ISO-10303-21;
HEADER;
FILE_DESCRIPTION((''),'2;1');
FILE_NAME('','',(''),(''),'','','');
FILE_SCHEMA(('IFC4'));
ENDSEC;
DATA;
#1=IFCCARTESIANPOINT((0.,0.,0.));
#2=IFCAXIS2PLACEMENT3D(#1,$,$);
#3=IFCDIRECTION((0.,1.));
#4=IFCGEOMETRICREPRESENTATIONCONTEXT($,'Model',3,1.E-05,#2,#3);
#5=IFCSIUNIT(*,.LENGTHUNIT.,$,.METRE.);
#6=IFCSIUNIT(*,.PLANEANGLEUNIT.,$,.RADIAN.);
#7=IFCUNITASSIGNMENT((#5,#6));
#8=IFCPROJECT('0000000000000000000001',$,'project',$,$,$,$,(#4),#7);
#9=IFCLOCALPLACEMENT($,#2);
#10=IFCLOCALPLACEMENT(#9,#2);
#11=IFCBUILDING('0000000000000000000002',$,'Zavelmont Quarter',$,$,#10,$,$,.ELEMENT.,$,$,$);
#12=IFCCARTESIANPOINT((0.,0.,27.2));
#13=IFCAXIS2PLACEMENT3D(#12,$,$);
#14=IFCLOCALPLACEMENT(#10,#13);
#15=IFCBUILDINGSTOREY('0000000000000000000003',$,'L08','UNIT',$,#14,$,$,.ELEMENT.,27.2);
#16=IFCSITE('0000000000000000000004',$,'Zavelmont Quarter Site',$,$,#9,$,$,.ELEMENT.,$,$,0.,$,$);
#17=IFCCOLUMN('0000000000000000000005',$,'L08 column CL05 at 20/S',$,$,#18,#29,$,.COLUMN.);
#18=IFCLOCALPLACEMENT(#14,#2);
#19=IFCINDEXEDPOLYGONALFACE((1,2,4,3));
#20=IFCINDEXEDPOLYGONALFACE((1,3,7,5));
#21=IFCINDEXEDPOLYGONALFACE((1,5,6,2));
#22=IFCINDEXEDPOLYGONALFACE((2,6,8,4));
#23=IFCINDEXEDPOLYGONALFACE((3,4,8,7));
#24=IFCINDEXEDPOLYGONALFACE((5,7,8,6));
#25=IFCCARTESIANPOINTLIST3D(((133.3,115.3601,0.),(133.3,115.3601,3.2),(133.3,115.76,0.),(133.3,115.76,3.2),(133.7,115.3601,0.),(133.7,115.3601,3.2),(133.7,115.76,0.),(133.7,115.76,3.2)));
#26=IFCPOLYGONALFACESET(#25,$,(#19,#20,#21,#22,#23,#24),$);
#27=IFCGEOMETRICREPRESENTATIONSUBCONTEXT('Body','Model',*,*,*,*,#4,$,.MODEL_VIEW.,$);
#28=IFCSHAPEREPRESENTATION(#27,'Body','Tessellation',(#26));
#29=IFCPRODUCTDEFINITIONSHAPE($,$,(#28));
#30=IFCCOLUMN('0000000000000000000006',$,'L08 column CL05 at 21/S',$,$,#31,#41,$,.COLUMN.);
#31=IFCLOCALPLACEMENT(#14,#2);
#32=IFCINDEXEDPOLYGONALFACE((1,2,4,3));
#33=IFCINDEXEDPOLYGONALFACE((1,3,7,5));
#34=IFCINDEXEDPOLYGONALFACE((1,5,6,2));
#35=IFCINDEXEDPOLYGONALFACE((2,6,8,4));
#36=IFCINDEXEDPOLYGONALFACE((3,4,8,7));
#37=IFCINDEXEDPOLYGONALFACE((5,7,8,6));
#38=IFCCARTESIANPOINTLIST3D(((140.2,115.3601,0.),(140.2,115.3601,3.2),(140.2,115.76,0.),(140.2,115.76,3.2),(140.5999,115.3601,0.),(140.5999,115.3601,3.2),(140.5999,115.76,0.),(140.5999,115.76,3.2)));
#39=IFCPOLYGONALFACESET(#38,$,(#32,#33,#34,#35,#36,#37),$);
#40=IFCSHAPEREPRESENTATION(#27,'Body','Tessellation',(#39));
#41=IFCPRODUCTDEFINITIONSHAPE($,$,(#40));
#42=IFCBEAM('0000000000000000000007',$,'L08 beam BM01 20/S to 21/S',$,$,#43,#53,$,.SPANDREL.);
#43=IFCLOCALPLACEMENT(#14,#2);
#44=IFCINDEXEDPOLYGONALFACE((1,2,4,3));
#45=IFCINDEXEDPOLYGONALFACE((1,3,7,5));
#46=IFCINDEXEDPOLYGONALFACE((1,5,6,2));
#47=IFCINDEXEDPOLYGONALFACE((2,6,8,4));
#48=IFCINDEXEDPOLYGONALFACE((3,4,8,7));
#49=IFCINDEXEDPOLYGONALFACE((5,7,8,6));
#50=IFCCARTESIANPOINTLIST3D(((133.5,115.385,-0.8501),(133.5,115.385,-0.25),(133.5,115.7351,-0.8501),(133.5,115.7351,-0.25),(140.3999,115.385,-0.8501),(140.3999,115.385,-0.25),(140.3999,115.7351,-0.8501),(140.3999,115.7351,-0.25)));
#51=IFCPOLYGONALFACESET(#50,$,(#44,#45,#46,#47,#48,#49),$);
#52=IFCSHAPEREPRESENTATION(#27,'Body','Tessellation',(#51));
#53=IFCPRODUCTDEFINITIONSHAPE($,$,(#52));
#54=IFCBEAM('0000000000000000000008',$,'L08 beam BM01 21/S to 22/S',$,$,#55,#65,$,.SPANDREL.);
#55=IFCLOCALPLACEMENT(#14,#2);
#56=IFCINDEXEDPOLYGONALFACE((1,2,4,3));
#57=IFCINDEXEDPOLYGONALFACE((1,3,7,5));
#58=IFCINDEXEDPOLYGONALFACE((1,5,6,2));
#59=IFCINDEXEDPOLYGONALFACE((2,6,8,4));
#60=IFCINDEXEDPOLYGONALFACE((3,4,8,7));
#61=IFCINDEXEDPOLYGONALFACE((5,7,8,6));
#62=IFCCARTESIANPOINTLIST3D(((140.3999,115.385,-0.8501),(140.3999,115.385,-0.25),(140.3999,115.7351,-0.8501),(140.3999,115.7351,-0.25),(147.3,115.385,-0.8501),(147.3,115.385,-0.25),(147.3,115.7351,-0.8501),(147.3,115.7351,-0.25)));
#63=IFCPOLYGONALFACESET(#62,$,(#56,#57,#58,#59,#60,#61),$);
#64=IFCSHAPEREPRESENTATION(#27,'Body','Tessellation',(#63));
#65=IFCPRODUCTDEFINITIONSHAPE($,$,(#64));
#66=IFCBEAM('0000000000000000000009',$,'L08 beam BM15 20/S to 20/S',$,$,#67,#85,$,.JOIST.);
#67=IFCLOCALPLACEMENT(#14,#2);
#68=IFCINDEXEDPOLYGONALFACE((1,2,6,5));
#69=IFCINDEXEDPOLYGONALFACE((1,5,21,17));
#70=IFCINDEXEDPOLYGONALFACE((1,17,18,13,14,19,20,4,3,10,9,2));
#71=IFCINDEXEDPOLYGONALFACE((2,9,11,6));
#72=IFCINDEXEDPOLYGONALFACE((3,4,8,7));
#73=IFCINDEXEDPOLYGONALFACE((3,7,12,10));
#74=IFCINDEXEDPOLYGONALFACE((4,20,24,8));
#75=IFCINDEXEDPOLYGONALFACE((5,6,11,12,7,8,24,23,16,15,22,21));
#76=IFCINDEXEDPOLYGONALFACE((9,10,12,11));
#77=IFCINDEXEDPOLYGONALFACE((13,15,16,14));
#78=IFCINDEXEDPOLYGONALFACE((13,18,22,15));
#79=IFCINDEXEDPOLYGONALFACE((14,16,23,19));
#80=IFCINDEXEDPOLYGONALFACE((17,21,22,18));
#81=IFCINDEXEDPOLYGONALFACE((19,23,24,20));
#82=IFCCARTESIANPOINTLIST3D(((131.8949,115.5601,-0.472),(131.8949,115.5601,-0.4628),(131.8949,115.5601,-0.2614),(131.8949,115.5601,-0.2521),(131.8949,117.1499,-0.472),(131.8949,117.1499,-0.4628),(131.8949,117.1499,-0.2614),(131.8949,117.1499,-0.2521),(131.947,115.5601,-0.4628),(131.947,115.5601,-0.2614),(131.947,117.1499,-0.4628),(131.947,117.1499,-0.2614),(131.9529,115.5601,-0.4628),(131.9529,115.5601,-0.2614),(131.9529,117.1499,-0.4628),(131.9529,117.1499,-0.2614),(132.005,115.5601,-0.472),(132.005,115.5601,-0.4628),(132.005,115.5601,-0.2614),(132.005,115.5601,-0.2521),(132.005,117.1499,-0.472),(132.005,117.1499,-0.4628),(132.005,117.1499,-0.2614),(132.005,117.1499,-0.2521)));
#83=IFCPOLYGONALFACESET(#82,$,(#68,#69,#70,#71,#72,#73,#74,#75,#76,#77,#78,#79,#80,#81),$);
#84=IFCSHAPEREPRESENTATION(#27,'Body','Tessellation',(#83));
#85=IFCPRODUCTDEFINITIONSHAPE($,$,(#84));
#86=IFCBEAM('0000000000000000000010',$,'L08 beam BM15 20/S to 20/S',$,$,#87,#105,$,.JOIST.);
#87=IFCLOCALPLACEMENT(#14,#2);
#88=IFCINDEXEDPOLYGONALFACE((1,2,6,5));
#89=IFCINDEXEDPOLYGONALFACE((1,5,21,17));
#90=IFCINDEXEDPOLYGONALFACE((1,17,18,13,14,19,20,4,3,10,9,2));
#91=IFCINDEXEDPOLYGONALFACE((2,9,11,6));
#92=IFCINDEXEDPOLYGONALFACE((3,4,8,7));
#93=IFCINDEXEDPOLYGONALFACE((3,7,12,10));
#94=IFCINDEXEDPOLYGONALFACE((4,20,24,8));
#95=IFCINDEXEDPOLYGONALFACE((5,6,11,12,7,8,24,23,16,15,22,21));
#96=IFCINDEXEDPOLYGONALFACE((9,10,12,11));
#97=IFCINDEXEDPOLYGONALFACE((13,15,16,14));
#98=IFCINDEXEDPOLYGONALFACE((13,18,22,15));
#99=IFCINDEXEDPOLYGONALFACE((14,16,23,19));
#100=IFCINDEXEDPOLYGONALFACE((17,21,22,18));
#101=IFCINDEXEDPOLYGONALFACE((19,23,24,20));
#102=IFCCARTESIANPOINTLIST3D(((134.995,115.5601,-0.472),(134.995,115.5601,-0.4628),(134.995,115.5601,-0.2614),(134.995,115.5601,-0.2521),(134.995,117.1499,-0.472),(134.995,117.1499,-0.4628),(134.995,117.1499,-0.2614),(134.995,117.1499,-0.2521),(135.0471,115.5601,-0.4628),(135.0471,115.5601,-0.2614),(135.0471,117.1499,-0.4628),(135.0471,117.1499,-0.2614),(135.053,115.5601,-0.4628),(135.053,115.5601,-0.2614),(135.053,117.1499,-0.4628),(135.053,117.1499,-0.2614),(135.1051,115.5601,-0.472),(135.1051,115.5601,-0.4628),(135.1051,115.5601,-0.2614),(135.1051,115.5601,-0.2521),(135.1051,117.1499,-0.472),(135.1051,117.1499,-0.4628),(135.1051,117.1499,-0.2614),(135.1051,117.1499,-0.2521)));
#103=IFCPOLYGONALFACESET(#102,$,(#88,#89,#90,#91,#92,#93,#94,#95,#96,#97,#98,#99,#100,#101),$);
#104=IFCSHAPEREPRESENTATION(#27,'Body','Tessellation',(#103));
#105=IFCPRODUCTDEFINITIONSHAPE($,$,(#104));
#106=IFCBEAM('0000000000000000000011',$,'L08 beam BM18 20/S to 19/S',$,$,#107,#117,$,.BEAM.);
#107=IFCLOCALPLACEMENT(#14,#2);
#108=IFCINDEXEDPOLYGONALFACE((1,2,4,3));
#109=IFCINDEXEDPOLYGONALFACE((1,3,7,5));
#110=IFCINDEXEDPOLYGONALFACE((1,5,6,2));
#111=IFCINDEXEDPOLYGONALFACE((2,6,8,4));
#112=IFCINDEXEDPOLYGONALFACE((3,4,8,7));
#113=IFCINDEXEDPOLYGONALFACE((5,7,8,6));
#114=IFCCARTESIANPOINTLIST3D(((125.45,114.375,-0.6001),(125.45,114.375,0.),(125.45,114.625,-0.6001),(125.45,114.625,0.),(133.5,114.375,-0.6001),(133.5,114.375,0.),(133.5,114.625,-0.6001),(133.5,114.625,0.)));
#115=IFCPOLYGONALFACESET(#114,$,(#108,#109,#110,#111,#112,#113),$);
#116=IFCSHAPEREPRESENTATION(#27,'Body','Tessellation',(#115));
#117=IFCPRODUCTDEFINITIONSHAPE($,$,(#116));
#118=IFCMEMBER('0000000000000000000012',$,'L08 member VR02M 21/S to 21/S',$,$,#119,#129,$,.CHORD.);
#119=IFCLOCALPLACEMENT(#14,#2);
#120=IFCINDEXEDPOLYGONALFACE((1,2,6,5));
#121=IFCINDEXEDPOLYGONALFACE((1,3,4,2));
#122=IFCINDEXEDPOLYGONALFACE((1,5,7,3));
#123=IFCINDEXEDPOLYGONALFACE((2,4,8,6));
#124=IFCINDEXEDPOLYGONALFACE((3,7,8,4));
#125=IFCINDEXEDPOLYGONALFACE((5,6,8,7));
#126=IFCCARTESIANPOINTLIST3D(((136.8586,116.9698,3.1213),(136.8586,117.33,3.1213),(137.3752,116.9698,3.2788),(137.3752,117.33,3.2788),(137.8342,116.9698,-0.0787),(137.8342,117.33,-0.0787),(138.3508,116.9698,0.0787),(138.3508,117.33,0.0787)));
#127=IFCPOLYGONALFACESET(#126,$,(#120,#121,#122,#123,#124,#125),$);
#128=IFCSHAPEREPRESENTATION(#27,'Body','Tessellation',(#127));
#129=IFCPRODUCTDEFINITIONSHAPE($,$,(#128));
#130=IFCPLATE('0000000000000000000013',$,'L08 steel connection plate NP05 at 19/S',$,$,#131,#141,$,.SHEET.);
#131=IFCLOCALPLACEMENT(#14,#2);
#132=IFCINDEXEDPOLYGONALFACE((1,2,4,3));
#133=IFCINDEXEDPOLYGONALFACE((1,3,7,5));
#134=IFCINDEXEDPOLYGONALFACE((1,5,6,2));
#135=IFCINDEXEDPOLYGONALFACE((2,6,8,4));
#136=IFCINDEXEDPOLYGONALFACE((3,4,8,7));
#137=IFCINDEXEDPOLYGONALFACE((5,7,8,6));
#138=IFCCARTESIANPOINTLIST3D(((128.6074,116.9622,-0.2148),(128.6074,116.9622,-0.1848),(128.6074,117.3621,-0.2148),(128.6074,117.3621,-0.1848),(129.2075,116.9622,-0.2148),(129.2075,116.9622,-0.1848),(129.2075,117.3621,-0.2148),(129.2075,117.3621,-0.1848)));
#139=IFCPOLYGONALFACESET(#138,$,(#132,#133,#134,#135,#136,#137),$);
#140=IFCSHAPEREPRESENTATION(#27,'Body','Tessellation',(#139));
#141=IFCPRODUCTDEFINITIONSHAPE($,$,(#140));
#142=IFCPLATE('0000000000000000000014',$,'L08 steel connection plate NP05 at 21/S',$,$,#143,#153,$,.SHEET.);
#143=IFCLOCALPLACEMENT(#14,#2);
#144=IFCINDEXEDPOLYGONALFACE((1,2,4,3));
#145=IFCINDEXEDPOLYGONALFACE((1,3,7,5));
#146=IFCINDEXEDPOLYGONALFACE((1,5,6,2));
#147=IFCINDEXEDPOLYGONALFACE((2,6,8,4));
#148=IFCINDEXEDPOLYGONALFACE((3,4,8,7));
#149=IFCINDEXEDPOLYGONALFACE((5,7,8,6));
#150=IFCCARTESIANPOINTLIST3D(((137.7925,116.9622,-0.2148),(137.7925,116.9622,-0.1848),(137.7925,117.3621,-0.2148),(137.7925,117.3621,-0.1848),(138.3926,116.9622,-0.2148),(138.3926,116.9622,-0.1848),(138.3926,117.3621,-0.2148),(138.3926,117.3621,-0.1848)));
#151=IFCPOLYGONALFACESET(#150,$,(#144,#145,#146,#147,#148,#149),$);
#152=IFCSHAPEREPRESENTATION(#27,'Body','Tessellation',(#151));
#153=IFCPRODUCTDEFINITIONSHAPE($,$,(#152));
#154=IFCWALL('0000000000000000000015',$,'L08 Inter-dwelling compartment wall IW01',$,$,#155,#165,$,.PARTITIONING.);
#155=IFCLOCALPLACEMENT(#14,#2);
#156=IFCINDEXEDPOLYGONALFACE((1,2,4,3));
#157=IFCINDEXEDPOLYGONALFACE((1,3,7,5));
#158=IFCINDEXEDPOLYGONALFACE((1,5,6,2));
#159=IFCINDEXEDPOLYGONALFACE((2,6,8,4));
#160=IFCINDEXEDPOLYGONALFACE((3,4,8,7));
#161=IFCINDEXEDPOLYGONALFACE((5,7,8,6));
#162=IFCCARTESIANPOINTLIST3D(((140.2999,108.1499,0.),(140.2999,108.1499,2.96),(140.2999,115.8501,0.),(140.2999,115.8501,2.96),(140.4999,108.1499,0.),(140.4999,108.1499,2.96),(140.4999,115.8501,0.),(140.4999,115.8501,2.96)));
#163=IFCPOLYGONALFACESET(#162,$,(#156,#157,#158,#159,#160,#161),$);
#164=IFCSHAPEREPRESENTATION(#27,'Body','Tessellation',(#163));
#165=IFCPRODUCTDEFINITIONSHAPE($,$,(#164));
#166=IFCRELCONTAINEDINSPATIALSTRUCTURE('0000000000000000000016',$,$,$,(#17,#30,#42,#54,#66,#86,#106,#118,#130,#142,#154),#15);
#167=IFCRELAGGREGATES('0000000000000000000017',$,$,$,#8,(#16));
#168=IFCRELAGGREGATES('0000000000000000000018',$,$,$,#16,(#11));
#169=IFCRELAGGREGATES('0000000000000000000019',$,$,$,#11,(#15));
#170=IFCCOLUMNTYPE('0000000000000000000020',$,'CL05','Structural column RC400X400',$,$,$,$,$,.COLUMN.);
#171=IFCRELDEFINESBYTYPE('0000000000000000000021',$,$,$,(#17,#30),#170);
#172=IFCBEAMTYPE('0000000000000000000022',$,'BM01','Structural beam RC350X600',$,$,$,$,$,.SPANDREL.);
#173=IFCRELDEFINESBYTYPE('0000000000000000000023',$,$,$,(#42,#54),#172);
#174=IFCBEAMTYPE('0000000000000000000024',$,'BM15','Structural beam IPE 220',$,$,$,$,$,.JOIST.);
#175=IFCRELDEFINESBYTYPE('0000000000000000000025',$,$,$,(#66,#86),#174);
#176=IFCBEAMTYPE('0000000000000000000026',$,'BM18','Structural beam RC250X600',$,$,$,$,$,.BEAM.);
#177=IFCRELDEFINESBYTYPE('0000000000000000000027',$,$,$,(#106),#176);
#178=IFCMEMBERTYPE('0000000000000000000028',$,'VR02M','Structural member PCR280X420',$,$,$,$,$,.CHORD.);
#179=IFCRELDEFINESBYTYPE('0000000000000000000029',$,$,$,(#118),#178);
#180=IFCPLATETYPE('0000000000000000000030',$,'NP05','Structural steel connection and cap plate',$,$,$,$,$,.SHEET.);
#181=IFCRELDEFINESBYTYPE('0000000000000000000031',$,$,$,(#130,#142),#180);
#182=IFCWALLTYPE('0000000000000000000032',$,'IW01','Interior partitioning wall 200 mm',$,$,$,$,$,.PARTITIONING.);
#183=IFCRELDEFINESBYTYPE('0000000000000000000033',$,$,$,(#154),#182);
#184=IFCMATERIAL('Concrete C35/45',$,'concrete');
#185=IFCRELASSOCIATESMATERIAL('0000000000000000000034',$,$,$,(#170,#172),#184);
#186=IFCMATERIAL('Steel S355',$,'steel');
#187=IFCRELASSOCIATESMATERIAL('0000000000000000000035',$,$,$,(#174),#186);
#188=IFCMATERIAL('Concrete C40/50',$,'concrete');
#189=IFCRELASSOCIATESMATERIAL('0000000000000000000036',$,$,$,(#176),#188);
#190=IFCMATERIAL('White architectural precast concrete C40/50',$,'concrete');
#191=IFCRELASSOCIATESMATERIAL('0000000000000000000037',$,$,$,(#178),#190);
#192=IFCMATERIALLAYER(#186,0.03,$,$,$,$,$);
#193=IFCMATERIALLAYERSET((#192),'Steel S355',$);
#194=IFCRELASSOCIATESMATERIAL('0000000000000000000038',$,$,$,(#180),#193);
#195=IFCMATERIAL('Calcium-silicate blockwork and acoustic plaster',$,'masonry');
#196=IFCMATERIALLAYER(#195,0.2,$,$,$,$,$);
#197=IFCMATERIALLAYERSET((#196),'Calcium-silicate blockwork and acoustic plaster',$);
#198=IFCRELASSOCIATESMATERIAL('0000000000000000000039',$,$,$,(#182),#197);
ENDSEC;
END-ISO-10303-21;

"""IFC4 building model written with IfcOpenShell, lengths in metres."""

from ifc_helpers import new_model, si_unit, direction, frame, frame_2d, origin, origin_2d, place, context, subcontext, project, spatial, rectangle, i_section, extrude, material, layer, layer_set, material_profile, profile_set, type_object, element, save


model = new_model("IFC4")

# Units and contexts
model_context = context("Model", 3, precision=1e-05, world=origin(), true_north=direction((0.0, 1.0)))
body_context = subcontext(model_context, "Body", "Model", "MODEL_VIEW")
ifc_project = project(units=[si_unit("LENGTHUNIT", "METRE"), si_unit("PLANEANGLEUNIT", "RADIAN")], contexts=[model_context])

# Site, building, storey
site_placement = place(None, origin())
site = spatial("IfcSite", under=ifc_project, at=site_placement, Name="Zavelmont Quarter Site", CompositionType="ELEMENT", RefElevation=0.0)
building_placement = place(site_placement, origin())
building = spatial("IfcBuilding", under=site, at=building_placement, Name="Zavelmont Quarter", CompositionType="ELEMENT")
storey_placement = place(building_placement, frame((0.0, 0.0, 27.2)))
storey = spatial("IfcBuildingStorey", under=building, at=storey_placement, Name="L08", Description="UNIT", CompositionType="ELEMENT", Elevation=27.2)

# Columns
ifc_material_1 = material(Name="Concrete C35/45", Category="concrete")
ifc_material_profile_1 = material_profile(ifc_material_1, rectangle(XDim=0.3999, YDim=0.3999, at=origin_2d()), Name="RC400X400")
ifc_profile_set_1 = profile_set([ifc_material_profile_1], Name="Concrete C35/45")
column_type = type_object("IfcColumnType", Name="CL05", Description="Structural column RC400X400", PredefinedType="COLUMN", material=ifc_profile_set_1)
for number, where, z_axis, x_axis, name in (
    (1, (133.5, 115.5601, 0.0), (0.0, 0.0, 1.0), (1.0, 0.0, 0.0), "L08 column CL05 at 20/S"),
    (2, (140.3999, 115.5601, 0.0), (0.0, 0.0, 1.0), (1.0, 0.0, 0.0), "L08 column CL05 at 21/S"),
):
    element("IfcColumn", number, at=place(storey_placement, frame(where, z_axis=z_axis, x_axis=x_axis)), inside=storey, type_object=column_type, Name=name, PredefinedType="COLUMN", context=body_context, shape_type="SweptSolid", body=[
        extrude(rectangle(XDim=0.3999, YDim=0.3999, at=origin_2d()), origin(), (0.0, 0.0, 1.0), 3.2),
    ])

# Beams
ifc_material_profile_2 = material_profile(ifc_material_1, rectangle(XDim=0.3501, YDim=0.6001, at=origin_2d()), Name="RC350X600")
ifc_profile_set_2 = profile_set([ifc_material_profile_2], Name="Concrete C35/45")
beam_type_1 = type_object("IfcBeamType", Name="BM01", Description="Structural beam RC350X600", PredefinedType="SPANDREL", material=ifc_profile_set_2)
beam_1_placement = place(storey_placement, frame((133.5, 115.5601, -0.55), z_axis=(1.0, 0.0, 0.0), x_axis=(0.0, 1.0, 0.0)))
element("IfcBeam", 3, at=beam_1_placement, inside=storey, type_object=beam_type_1, Name="L08 beam BM01 20/S to 21/S", PredefinedType="SPANDREL", context=body_context, shape_type="SweptSolid", body=[
    extrude(rectangle(XDim=0.3501, YDim=0.6001, at=origin_2d()), origin(), (0.0, 0.0, 1.0), 6.8999),
])
beam_2_placement = place(storey_placement, frame((140.3999, 115.5601, -0.55), z_axis=(1.0, 0.0, 0.0), x_axis=(0.0, 1.0, 0.0)))
element("IfcBeam", 4, at=beam_2_placement, inside=storey, type_object=beam_type_1, Name="L08 beam BM01 21/S to 22/S", PredefinedType="SPANDREL", context=body_context, shape_type="SweptSolid", body=[
    extrude(rectangle(XDim=0.3501, YDim=0.6001, at=origin_2d()), origin(), (0.0, 0.0, 1.0), 6.9001),
])
ifc_material_2 = material(Name="Steel S355", Category="steel")
ifc_material_profile_3 = material_profile(ifc_material_2, i_section(OverallWidth=0.1101, OverallDepth=0.22, WebThickness=0.0059, FlangeThickness=0.0093, at=origin_2d()), Name="IPE 220")
ifc_profile_set_3 = profile_set([ifc_material_profile_3], Name="Steel S355")
beam_type_2 = type_object("IfcBeamType", Name="BM15", Description="Structural beam IPE 220", PredefinedType="JOIST", material=ifc_profile_set_3)
for number, where, z_axis, x_axis, name in (
    (5, (131.95, 115.5601, -0.3621), (0.0, 1.0, 0.0), (-1.0, 0.0, 0.0), "L08 beam BM15 20/S to 20/S"),
    (6, (135.05, 115.5601, -0.3621), (0.0, 1.0, 0.0), (-1.0, 0.0, 0.0), "L08 beam BM15 20/S to 20/S"),
):
    element("IfcBeam", number, at=place(storey_placement, frame(where, z_axis=z_axis, x_axis=x_axis)), inside=storey, type_object=beam_type_2, Name=name, PredefinedType="JOIST", context=body_context, shape_type="SweptSolid", body=[
        extrude(i_section(OverallWidth=0.1101, OverallDepth=0.22, WebThickness=0.0059, FlangeThickness=0.0093, at=origin_2d()), origin(), (0.0, 0.0, 1.0), 1.5898),
    ])
ifc_material_3 = material(Name="Concrete C40/50", Category="concrete")
ifc_material_profile_4 = material_profile(ifc_material_3, rectangle(XDim=0.25, YDim=0.6001, at=origin_2d()), Name="RC250X600")
ifc_profile_set_4 = profile_set([ifc_material_profile_4], Name="Concrete C40/50")
beam_type_3 = type_object("IfcBeamType", Name="BM18", Description="Structural beam RC250X600", PredefinedType="BEAM", material=ifc_profile_set_4)
beam_3_placement = place(storey_placement, frame((133.5, 114.5, -0.3), z_axis=(-1.0, 0.0, 0.0), x_axis=(0.0, -1.0, 0.0)))
element("IfcBeam", 7, at=beam_3_placement, inside=storey, type_object=beam_type_3, Name="L08 beam BM18 20/S to 19/S", PredefinedType="BEAM", context=body_context, shape_type="SweptSolid", body=[
    extrude(rectangle(XDim=0.25, YDim=0.6001, at=origin_2d()), origin(), (0.0, 0.0, 1.0), 8.05),
])

# Member
ifc_material_4 = material(Name="White architectural precast concrete C40/50", Category="concrete")
ifc_material_profile_5 = material_profile(ifc_material_4, rectangle(XDim=0.3601, YDim=0.54, at=origin_2d()), Name="PCR280X420")
ifc_profile_set_5 = profile_set([ifc_material_profile_5], Name="White architectural precast concrete C40/50")
member_type = type_object("IfcMemberType", Name="VR02M", Description="Structural member PCR280X420", PredefinedType="CHORD", material=ifc_profile_set_5)
member_placement = place(storey_placement, frame((138.0925, 117.1499, 0.0), z_axis=(-0.291623, 0.0, 0.956533), x_axis=(0.0, -1.0, 0.0)))
element("IfcMember", 8, at=member_placement, inside=storey, type_object=member_type, Name="L08 member VR02M 21/S to 21/S", PredefinedType="CHORD", context=body_context, shape_type="SweptSolid", body=[
    extrude(rectangle(XDim=0.3601, YDim=0.54, at=origin_2d()), origin(), (0.0, 0.0, 1.0), 3.3455),
])

# Plates
ifc_layer_1 = layer(ifc_material_2, 0.03)
ifc_layer_set_1 = layer_set([ifc_layer_1], Name="Steel S355")
plate_type = type_object("IfcPlateType", Name="NP05", Description="Structural steel connection and cap plate", PredefinedType="SHEET", material=ifc_layer_set_1)
for number, where, z_axis, x_axis, name in (
    (9, (128.9075, 117.1621, -0.2148), (0.0, 0.0, 1.0), (1.0, 0.0, 0.0), "L08 steel connection plate NP05 at 19/S"),
    (10, (138.0925, 117.1621, -0.2148), (0.0, 0.0, 1.0), (1.0, 0.0, 0.0), "L08 steel connection plate NP05 at 21/S"),
):
    element("IfcPlate", number, at=place(storey_placement, frame(where, z_axis=z_axis, x_axis=x_axis)), inside=storey, type_object=plate_type, Name=name, PredefinedType="SHEET", context=body_context, shape_type="SweptSolid", body=[
        extrude(rectangle(XDim=0.6001, YDim=0.3999, at=origin_2d()), origin(), (0.0, 0.0, 1.0), 0.03),
    ])

# Wall
ifc_material_5 = material(Name="Calcium-silicate blockwork and acoustic plaster", Category="masonry")
ifc_layer_2 = layer(ifc_material_5, 0.2)
ifc_layer_set_2 = layer_set([ifc_layer_2], Name="Calcium-silicate blockwork and acoustic plaster")
wall_type_1 = type_object("IfcWallType", Name="IW01", Description="Interior partitioning wall 200 mm", PredefinedType="PARTITIONING", material=ifc_layer_set_2)
wall_1_placement = place(storey_placement, frame((140.3999, 108.1499, 0.0), z_axis=(0.0, 0.0, 1.0), x_axis=(0.0, 1.0, 0.0)))
element("IfcWall", 11, at=wall_1_placement, inside=storey, type_object=wall_type_1, Name="L08 Inter-dwelling compartment wall IW01", PredefinedType="PARTITIONING", context=body_context, shape_type="SweptSolid", body=[
    extrude(rectangle(XDim=7.7002, YDim=0.2, at=frame_2d((3.8501, 0.0))), origin(), (0.0, 0.0, 1.0), 2.96),
])

save(model, "model.ifc")
